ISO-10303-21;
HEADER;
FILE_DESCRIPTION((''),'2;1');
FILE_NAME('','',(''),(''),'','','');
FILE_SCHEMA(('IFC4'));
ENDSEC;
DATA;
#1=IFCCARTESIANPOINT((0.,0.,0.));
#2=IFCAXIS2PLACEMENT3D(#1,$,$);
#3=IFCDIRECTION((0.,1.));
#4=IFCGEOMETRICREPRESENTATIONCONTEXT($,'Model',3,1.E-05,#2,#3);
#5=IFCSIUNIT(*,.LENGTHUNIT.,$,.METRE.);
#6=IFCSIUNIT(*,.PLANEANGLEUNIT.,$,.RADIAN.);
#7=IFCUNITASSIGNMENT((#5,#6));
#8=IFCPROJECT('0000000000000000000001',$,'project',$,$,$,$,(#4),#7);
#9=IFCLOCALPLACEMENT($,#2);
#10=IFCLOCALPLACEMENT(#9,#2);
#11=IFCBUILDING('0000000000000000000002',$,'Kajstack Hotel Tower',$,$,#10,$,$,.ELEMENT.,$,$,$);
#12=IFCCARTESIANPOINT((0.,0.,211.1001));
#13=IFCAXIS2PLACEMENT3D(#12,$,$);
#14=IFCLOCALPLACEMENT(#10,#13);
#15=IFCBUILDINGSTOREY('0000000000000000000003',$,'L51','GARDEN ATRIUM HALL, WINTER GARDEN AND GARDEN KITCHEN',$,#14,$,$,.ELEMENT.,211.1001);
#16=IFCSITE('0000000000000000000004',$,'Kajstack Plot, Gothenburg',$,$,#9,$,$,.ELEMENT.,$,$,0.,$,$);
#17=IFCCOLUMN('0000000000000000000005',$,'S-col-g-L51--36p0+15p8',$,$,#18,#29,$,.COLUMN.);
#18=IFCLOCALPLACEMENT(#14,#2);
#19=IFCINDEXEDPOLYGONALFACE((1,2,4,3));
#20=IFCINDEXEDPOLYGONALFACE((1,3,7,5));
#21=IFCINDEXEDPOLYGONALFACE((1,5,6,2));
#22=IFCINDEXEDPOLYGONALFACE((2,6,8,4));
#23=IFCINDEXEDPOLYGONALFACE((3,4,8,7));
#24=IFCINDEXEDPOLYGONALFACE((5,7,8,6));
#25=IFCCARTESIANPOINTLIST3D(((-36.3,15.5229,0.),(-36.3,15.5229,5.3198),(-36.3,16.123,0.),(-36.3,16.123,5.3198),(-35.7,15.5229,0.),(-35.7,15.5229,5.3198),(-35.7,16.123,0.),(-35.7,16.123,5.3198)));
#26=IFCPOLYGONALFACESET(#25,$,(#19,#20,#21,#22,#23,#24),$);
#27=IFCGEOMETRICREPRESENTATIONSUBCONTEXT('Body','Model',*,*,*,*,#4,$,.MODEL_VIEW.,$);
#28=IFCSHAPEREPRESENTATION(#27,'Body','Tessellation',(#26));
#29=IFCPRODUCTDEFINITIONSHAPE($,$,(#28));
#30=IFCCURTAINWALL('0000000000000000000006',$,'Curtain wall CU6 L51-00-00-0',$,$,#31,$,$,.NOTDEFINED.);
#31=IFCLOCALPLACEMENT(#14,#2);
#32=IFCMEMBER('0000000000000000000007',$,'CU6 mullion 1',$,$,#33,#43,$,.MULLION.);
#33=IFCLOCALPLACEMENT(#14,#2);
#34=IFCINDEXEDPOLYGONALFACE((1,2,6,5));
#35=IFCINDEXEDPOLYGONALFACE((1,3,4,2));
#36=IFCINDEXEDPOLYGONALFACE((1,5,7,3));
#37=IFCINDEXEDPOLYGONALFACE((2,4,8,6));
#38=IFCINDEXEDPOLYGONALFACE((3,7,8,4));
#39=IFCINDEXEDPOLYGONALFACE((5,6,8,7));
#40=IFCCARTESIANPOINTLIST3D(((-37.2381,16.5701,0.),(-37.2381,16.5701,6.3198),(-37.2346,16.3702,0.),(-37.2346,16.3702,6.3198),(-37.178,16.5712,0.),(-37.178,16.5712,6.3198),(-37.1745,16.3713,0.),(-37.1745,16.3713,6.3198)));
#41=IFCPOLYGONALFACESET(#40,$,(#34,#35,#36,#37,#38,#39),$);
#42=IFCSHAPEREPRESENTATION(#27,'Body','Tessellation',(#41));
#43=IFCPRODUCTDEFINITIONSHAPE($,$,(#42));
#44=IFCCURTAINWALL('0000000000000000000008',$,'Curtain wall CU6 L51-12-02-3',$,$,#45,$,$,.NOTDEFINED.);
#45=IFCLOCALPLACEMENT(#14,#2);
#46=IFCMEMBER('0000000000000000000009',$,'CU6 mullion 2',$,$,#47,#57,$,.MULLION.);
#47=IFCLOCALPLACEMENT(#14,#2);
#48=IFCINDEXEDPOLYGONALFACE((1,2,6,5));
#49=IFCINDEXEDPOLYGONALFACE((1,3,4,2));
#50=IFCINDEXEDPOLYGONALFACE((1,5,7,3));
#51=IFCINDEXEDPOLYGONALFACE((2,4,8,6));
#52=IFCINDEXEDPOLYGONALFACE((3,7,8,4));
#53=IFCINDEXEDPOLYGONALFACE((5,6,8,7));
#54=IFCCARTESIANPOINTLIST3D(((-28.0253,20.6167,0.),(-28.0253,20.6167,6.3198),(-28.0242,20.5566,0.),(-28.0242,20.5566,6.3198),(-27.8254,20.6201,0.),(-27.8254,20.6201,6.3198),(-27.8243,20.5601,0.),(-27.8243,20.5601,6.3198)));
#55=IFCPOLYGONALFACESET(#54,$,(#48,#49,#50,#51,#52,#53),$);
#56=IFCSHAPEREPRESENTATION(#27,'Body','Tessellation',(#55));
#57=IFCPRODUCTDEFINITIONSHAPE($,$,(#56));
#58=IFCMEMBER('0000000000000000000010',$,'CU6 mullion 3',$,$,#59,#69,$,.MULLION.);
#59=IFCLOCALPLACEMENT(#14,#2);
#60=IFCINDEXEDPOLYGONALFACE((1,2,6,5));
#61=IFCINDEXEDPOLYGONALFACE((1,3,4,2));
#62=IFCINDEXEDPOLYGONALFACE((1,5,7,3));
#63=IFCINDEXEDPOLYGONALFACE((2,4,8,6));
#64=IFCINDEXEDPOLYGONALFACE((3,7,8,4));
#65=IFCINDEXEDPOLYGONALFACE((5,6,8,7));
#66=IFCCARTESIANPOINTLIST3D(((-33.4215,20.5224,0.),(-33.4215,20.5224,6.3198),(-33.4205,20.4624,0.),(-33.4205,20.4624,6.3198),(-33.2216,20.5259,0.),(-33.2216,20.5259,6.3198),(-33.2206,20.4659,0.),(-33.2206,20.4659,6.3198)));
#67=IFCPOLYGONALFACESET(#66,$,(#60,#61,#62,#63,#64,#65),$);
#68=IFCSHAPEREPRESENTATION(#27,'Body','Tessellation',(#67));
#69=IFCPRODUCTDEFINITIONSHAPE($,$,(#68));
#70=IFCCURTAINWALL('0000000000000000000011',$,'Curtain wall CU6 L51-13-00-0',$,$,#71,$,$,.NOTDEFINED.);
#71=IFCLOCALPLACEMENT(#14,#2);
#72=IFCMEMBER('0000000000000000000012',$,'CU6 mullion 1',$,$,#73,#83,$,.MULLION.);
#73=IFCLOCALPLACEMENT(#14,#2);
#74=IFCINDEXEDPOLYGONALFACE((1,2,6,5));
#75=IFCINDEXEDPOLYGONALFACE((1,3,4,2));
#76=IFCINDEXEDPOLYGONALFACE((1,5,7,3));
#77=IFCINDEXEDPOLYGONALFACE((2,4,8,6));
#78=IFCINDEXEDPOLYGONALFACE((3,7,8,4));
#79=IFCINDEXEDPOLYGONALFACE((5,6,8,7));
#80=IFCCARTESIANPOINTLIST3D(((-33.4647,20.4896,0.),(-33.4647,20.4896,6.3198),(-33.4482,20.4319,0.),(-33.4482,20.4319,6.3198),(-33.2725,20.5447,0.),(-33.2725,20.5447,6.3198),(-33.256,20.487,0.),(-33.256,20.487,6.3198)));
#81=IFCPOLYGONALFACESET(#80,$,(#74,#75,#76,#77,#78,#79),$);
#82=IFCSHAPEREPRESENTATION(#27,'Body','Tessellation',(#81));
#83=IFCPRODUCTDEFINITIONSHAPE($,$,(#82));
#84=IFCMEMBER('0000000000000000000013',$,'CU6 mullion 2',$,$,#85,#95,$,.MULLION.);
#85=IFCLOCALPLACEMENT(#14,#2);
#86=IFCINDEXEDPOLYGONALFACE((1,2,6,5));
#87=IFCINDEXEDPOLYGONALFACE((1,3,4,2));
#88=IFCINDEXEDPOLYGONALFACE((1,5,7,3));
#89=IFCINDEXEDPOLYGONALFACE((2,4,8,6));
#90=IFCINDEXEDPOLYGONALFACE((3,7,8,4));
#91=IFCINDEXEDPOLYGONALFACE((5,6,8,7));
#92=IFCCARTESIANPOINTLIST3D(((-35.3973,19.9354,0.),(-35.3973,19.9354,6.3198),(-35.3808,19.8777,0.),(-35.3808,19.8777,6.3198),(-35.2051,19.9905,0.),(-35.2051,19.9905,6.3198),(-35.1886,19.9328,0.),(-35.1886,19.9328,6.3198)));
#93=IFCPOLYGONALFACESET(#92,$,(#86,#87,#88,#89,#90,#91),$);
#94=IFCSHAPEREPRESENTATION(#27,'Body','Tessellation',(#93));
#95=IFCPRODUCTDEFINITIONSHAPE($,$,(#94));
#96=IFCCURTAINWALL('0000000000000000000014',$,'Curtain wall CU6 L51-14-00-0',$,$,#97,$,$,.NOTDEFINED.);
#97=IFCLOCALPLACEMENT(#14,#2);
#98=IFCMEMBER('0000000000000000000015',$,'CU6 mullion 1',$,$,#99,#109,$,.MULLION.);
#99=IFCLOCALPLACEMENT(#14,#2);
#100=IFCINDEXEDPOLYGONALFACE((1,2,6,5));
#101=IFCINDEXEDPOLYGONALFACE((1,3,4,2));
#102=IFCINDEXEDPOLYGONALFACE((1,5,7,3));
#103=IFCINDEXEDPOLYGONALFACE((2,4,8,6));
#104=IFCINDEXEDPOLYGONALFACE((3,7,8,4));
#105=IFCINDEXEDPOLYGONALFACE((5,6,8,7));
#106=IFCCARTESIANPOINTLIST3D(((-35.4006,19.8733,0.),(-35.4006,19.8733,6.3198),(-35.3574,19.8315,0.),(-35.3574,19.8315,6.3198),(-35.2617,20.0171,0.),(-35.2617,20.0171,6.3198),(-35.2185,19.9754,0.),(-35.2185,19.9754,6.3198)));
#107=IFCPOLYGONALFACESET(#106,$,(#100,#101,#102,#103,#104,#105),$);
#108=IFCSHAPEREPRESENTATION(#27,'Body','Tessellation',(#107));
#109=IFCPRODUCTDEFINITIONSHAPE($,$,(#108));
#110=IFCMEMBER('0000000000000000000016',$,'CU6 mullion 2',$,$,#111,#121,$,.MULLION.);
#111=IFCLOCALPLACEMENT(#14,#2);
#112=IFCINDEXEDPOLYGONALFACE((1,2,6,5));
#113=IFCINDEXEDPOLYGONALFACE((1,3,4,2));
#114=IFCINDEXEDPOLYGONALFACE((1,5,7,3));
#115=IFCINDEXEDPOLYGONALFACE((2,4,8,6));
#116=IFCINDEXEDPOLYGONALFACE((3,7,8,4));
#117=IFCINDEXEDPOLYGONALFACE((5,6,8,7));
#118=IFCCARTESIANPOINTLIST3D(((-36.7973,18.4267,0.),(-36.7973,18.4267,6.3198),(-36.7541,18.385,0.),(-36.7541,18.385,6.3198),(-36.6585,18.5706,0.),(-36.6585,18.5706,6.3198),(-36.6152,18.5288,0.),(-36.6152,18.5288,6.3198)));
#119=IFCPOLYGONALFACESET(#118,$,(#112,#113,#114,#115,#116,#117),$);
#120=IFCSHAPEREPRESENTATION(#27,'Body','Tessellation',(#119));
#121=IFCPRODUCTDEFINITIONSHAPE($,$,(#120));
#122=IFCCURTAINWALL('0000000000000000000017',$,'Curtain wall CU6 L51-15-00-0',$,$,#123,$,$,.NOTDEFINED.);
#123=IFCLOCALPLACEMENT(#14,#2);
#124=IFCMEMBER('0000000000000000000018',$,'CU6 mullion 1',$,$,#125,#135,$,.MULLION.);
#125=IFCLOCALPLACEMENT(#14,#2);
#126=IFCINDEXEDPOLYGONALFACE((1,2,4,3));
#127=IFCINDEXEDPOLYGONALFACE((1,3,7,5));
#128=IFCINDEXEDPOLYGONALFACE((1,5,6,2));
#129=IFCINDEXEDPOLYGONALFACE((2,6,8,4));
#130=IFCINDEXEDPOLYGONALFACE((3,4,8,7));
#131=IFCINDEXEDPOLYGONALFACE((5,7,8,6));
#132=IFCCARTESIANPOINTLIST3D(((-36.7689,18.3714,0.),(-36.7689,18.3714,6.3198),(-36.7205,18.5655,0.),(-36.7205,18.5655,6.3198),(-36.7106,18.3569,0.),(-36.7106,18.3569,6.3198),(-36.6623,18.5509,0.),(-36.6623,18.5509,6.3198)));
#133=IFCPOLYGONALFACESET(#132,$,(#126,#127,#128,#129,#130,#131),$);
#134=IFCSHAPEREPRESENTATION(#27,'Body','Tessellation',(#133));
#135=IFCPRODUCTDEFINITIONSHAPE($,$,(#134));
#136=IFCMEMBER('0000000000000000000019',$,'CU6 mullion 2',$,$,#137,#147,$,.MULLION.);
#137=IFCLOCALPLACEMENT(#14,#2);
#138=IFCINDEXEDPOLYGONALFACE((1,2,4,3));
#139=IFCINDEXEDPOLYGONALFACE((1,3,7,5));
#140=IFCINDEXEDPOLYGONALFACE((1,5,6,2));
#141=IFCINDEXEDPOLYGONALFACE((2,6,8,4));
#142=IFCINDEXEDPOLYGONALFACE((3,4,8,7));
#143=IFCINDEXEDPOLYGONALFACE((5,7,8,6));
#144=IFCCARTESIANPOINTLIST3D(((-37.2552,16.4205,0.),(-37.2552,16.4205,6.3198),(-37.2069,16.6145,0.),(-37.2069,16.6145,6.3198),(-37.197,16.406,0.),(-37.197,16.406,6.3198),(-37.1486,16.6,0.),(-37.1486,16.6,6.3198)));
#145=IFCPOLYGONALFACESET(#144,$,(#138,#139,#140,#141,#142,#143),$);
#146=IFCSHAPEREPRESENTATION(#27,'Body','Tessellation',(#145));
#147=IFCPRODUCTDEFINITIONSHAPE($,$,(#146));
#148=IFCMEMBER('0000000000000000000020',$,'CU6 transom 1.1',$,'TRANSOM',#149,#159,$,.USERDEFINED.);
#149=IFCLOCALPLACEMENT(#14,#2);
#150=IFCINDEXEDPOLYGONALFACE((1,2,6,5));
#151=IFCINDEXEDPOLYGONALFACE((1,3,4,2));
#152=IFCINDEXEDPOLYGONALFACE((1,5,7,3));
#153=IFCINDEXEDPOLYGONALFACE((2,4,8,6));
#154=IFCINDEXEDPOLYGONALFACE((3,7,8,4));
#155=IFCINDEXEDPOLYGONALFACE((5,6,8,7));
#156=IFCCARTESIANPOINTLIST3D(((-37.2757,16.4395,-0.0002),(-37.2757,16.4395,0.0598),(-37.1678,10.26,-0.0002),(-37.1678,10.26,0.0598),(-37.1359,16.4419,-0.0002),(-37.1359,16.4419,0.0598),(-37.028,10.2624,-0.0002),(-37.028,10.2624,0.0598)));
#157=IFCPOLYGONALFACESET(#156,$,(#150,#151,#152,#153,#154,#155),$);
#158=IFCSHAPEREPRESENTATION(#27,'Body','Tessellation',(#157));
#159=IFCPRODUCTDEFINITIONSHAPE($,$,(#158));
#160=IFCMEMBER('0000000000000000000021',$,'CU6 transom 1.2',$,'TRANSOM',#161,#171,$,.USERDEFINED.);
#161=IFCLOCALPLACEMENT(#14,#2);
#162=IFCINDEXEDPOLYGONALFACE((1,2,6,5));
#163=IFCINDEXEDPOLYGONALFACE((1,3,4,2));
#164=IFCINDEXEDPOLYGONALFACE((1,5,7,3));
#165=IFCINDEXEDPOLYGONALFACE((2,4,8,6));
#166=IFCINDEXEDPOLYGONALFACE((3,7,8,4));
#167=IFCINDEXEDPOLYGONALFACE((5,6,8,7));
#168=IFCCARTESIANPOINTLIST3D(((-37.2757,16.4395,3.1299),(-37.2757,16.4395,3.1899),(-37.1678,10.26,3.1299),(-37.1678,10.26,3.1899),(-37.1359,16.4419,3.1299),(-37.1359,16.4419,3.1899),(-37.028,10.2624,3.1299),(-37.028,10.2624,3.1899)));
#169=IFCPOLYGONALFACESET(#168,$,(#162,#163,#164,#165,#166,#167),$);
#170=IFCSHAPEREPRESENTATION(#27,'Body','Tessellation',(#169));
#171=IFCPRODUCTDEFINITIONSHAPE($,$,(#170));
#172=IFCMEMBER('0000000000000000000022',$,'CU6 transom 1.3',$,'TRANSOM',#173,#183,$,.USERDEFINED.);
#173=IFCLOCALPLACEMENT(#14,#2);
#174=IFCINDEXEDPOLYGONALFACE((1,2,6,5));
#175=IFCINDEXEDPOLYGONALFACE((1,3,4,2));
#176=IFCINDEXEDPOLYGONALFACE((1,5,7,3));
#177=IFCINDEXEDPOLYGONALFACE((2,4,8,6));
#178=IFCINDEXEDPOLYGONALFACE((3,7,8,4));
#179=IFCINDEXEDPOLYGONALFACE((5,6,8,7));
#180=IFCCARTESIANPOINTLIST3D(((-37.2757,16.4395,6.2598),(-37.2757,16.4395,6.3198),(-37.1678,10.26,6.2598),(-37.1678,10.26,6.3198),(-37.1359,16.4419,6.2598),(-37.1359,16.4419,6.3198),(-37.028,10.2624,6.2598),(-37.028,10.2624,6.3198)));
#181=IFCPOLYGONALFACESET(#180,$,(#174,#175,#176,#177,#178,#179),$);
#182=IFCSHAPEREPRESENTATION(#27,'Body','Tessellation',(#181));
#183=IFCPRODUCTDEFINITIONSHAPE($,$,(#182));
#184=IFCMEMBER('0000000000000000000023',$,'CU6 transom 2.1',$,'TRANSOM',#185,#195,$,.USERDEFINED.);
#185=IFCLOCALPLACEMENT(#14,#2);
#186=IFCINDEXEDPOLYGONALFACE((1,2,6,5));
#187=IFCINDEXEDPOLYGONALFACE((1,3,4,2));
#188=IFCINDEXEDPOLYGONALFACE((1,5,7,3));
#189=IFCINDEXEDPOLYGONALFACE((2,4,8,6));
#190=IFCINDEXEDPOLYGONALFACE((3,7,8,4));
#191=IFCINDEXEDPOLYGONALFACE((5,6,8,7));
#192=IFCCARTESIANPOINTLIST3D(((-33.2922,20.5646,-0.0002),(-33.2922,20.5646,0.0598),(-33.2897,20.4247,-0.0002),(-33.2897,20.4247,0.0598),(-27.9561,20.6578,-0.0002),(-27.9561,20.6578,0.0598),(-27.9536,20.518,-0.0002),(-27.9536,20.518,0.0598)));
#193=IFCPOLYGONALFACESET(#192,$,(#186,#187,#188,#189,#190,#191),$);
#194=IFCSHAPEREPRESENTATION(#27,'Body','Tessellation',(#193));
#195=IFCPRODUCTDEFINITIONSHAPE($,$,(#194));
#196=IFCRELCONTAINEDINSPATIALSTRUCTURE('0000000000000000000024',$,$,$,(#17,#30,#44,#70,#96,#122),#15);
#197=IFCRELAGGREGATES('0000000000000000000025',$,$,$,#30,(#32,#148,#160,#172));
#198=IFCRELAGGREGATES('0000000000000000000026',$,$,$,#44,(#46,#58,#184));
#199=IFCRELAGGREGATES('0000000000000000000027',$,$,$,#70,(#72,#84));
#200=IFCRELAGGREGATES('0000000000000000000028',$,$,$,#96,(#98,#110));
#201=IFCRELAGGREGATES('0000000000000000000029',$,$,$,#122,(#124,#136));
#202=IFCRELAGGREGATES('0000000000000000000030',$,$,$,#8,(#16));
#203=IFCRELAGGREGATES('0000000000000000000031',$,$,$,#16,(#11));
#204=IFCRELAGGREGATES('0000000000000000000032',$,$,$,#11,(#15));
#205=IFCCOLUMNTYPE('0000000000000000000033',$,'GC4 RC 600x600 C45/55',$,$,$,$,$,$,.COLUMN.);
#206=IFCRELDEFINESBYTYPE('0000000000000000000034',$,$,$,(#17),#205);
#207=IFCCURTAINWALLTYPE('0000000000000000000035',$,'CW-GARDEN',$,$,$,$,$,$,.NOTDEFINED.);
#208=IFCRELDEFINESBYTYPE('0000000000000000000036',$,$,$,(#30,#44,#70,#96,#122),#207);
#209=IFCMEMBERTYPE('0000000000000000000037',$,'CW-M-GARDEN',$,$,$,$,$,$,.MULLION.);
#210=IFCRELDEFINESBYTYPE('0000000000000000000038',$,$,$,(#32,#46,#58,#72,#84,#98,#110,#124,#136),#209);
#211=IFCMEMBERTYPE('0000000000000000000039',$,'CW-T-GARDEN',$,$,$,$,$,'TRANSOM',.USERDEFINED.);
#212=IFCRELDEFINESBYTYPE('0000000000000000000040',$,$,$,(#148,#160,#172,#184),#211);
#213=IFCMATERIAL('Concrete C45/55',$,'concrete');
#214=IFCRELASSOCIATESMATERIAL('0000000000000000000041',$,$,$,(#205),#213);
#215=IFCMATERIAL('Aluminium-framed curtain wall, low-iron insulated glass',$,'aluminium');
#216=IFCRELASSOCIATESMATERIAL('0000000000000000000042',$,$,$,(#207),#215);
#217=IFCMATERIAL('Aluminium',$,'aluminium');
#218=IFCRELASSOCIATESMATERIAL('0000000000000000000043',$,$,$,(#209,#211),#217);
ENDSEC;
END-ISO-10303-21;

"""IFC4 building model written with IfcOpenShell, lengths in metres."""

from ifc_helpers import new_model, si_unit, direction, frame, origin, origin_2d, place, context, subcontext, project, spatial, rectangle, extrude, material, material_profile, profile_set, type_object, element, aggregate, save


model = new_model("IFC4")

# Units and contexts
model_context = context("Model", 3, precision=1e-05, world=origin(), true_north=direction((0.0, 1.0)))
body_context = subcontext(model_context, "Body", "Model", "MODEL_VIEW")
ifc_project = project(units=[si_unit("LENGTHUNIT", "METRE"), si_unit("PLANEANGLEUNIT", "RADIAN")], contexts=[model_context])

# Site, building, storey
site_placement = place(None, origin())
site = spatial("IfcSite", under=ifc_project, at=site_placement, Name="Kajstack Plot, Gothenburg", CompositionType="ELEMENT", RefElevation=0.0)
building_placement = place(site_placement, origin())
building = spatial("IfcBuilding", under=site, at=building_placement, Name="Kajstack Hotel Tower", CompositionType="ELEMENT")
storey_placement = place(building_placement, frame((0.0, 0.0, 211.1001)))
storey = spatial("IfcBuildingStorey", under=building, at=storey_placement, Name="L51", Description="GARDEN ATRIUM HALL, WINTER GARDEN AND GARDEN KITCHEN", CompositionType="ELEMENT", Elevation=211.1001)

# Column
ifc_material_1 = material(Name="Concrete C45/55", Category="concrete")
ifc_material_profile_1 = material_profile(ifc_material_1, rectangle(XDim=0.6001, YDim=0.6001, at=origin_2d()), Name="RC 600x600")
ifc_profile_set_1 = profile_set([ifc_material_profile_1], Name="Concrete C45/55")
column_type = type_object("IfcColumnType", Name="GC4 RC 600x600 C45/55", PredefinedType="COLUMN", material=ifc_profile_set_1)
column_placement = place(storey_placement, frame((-36.0, 15.823, 0.0), z_axis=(0.0, 0.0, 1.0), x_axis=(1.0, 0.0, 0.0)))
element("IfcColumn", 1, at=column_placement, inside=storey, type_object=column_type, Name="S-col-g-L51--36p0+15p8", PredefinedType="COLUMN", context=body_context, shape_type="SweptSolid", body=[
    extrude(rectangle(XDim=0.6001, YDim=0.6001, at=origin_2d()), origin(), (0.0, 0.0, 1.0), 5.3198),
])

# Curtain wall, member
ifc_material_2 = material(Name="Aluminium-framed curtain wall, low-iron insulated glass", Category="aluminium")
curtain_wall_type = type_object("IfcCurtainWallType", Name="CW-GARDEN", PredefinedType="NOTDEFINED", material=ifc_material_2)
curtain_wall_1_placement = place(storey_placement, origin())
curtain_wall_1 = element("IfcCurtainWall", 2, at=curtain_wall_1_placement, inside=storey, type_object=curtain_wall_type, Name="Curtain wall CU6 L51-00-00-0", PredefinedType="NOTDEFINED")
ifc_material_3 = material(Name="Aluminium", Category="aluminium")
ifc_material_profile_2 = material_profile(ifc_material_3, rectangle(XDim=0.0601, YDim=0.2, at=origin_2d()), Name="Aluminium mullion 60 x 200")
ifc_profile_set_2 = profile_set([ifc_material_profile_2], Name="Aluminium")
member_type_1 = type_object("IfcMemberType", Name="CW-M-GARDEN", PredefinedType="MULLION", material=ifc_profile_set_2)
member_1_placement = place(storey_placement, frame((-37.2063, 16.4707, 0.0), z_axis=(0.0, 0.0, 1.0), x_axis=(0.999848, 0.017454, 0.0)))
member_1 = element("IfcMember", 3, at=member_1_placement, type_object=member_type_1, Name="CU6 mullion 1", PredefinedType="MULLION", context=body_context, shape_type="SweptSolid", body=[
    extrude(rectangle(XDim=0.0601, YDim=0.2, at=origin_2d()), origin(), (0.0, 0.0, 1.0), 6.3198),
])

# Curtain walls, members
curtain_wall_2_placement = place(storey_placement, origin())
curtain_wall_2 = element("IfcCurtainWall", 4, at=curtain_wall_2_placement, inside=storey, type_object=curtain_wall_type, Name="Curtain wall CU6 L51-12-02-3", PredefinedType="NOTDEFINED")
member_2_placement = place(storey_placement, frame((-27.9248, 20.5884, 0.0), z_axis=(0.0, 0.0, 1.0), x_axis=(0.017453, -0.999848, 0.0)))
member_2 = element("IfcMember", 5, at=member_2_placement, type_object=member_type_1, Name="CU6 mullion 2", PredefinedType="MULLION", context=body_context, shape_type="SweptSolid", body=[
    extrude(rectangle(XDim=0.0601, YDim=0.2, at=origin_2d()), origin(), (0.0, 0.0, 1.0), 6.3198),
])
member_3_placement = place(storey_placement, frame((-33.321, 20.4941, 0.0), z_axis=(0.0, 0.0, 1.0), x_axis=(0.017453, -0.999848, 0.0)))
member_3 = element("IfcMember", 6, at=member_3_placement, type_object=member_type_1, Name="CU6 mullion 3", PredefinedType="MULLION", context=body_context, shape_type="SweptSolid", body=[
    extrude(rectangle(XDim=0.0601, YDim=0.2, at=origin_2d()), origin(), (0.0, 0.0, 1.0), 6.3198),
])
curtain_wall_3_placement = place(storey_placement, origin())
curtain_wall_3 = element("IfcCurtainWall", 7, at=curtain_wall_3_placement, inside=storey, type_object=curtain_wall_type, Name="Curtain wall CU6 L51-13-00-0", PredefinedType="NOTDEFINED")
member_4_placement = place(storey_placement, frame((-33.3604, 20.4883, 0.0), z_axis=(0.0, 0.0, 1.0), x_axis=(0.275633, -0.961263, 0.0)))
member_4 = element("IfcMember", 8, at=member_4_placement, type_object=member_type_1, Name="CU6 mullion 1", PredefinedType="MULLION", context=body_context, shape_type="SweptSolid", body=[
    extrude(rectangle(XDim=0.0601, YDim=0.2, at=origin_2d()), origin(), (0.0, 0.0, 1.0), 6.3198),
])
member_5_placement = place(storey_placement, frame((-35.293, 19.9341, 0.0), z_axis=(0.0, 0.0, 1.0), x_axis=(0.275633, -0.961263, 0.0)))
member_5 = element("IfcMember", 9, at=member_5_placement, type_object=member_type_1, Name="CU6 mullion 2", PredefinedType="MULLION", context=body_context, shape_type="SweptSolid", body=[
    extrude(rectangle(XDim=0.0601, YDim=0.2, at=origin_2d()), origin(), (0.0, 0.0, 1.0), 6.3198),
])
curtain_wall_4_placement = place(storey_placement, origin())
curtain_wall_4 = element("IfcCurtainWall", 10, at=curtain_wall_4_placement, inside=storey, type_object=curtain_wall_type, Name="Curtain wall CU6 L51-14-00-0", PredefinedType="NOTDEFINED")
member_6_placement = place(storey_placement, frame((-35.3096, 19.9243, 0.0), z_axis=(0.0, 0.0, 1.0), x_axis=(0.719338, -0.69466, 0.0)))
member_6 = element("IfcMember", 11, at=member_6_placement, type_object=member_type_1, Name="CU6 mullion 1", PredefinedType="MULLION", context=body_context, shape_type="SweptSolid", body=[
    extrude(rectangle(XDim=0.0601, YDim=0.2, at=origin_2d()), origin(), (0.0, 0.0, 1.0), 6.3198),
])
member_7_placement = place(storey_placement, frame((-36.7063, 18.4778, 0.0), z_axis=(0.0, 0.0, 1.0), x_axis=(0.719338, -0.69466, 0.0)))
member_7 = element("IfcMember", 12, at=member_7_placement, type_object=member_type_1, Name="CU6 mullion 2", PredefinedType="MULLION", context=body_context, shape_type="SweptSolid", body=[
    extrude(rectangle(XDim=0.0601, YDim=0.2, at=origin_2d()), origin(), (0.0, 0.0, 1.0), 6.3198),
])
curtain_wall_5_placement = place(storey_placement, origin())
curtain_wall_5 = element("IfcCurtainWall", 13, at=curtain_wall_5_placement, inside=storey, type_object=curtain_wall_type, Name="Curtain wall CU6 L51-15-00-0", PredefinedType="NOTDEFINED")
member_8_placement = place(storey_placement, frame((-36.7156, 18.4612, 0.0), z_axis=(0.0, 0.0, 1.0), x_axis=(0.970296, -0.241922, 0.0)))
member_8 = element("IfcMember", 14, at=member_8_placement, type_object=member_type_1, Name="CU6 mullion 1", PredefinedType="MULLION", context=body_context, shape_type="SweptSolid", body=[
    extrude(rectangle(XDim=0.0601, YDim=0.2, at=origin_2d()), origin(), (0.0, 0.0, 1.0), 6.3198),
])
member_9_placement = place(storey_placement, frame((-37.2019, 16.5103, 0.0), z_axis=(0.0, 0.0, 1.0), x_axis=(0.970296, -0.241922, 0.0)))
member_9 = element("IfcMember", 15, at=member_9_placement, type_object=member_type_1, Name="CU6 mullion 2", PredefinedType="MULLION", context=body_context, shape_type="SweptSolid", body=[
    extrude(rectangle(XDim=0.0601, YDim=0.2, at=origin_2d()), origin(), (0.0, 0.0, 1.0), 6.3198),
])

# Members
ifc_material_profile_3 = material_profile(ifc_material_3, rectangle(XDim=0.1399, YDim=0.0601, at=origin_2d()), Name="Aluminium transom 140 x 60")
ifc_profile_set_3 = profile_set([ifc_material_profile_3], Name="Aluminium")
member_type_2 = type_object("IfcMemberType", Name="CW-T-GARDEN", ElementType="TRANSOM", PredefinedType="USERDEFINED", material=ifc_profile_set_3)
member_10_placement = place(storey_placement, frame((-37.2058, 16.4407, 0.0298), z_axis=(0.01746, -0.999848, 0.0), x_axis=(0.999848, 0.01746, 0.0)))
member_10 = element("IfcMember", 16, at=member_10_placement, type_object=member_type_2, Name="CU6 transom 1.1", ObjectType="TRANSOM", PredefinedType="USERDEFINED", context=body_context, shape_type="SweptSolid", body=[
    extrude(rectangle(XDim=0.1399, YDim=0.0601, at=origin_2d()), origin(), (0.0, 0.0, 1.0), 6.1804),
])
member_11_placement = place(storey_placement, frame((-37.2058, 16.4407, 3.1599), z_axis=(0.01746, -0.999848, 0.0), x_axis=(0.999848, 0.01746, 0.0)))
member_11 = element("IfcMember", 17, at=member_11_placement, type_object=member_type_2, Name="CU6 transom 1.2", ObjectType="TRANSOM", PredefinedType="USERDEFINED", context=body_context, shape_type="SweptSolid", body=[
    extrude(rectangle(XDim=0.1399, YDim=0.0601, at=origin_2d()), origin(), (0.0, 0.0, 1.0), 6.1804),
])
member_12_placement = place(storey_placement, frame((-37.2058, 16.4407, 6.2898), z_axis=(0.01746, -0.999848, 0.0), x_axis=(0.999848, 0.01746, 0.0)))
member_12 = element("IfcMember", 18, at=member_12_placement, type_object=member_type_2, Name="CU6 transom 1.3", ObjectType="TRANSOM", PredefinedType="USERDEFINED", context=body_context, shape_type="SweptSolid", body=[
    extrude(rectangle(XDim=0.1399, YDim=0.0601, at=origin_2d()), origin(), (0.0, 0.0, 1.0), 6.1804),
])
aggregate(curtain_wall_1, [member_1, member_10, member_11, member_12])
member_13_placement = place(storey_placement, frame((-27.9548, 20.5879, 0.0298), z_axis=(-0.999847, -0.017475, 0.0), x_axis=(0.017475, -0.999847, 0.0)))
member_13 = element("IfcMember", 19, at=member_13_placement, type_object=member_type_2, Name="CU6 transom 2.1", ObjectType="TRANSOM", PredefinedType="USERDEFINED", context=body_context, shape_type="SweptSolid", body=[
    extrude(rectangle(XDim=0.1399, YDim=0.0601, at=origin_2d()), origin(), (0.0, 0.0, 1.0), 5.3369),
])

aggregate(curtain_wall_2, [member_2, member_3, member_13])
aggregate(curtain_wall_3, [member_4, member_5])
aggregate(curtain_wall_4, [member_6, member_7])
aggregate(curtain_wall_5, [member_8, member_9])

save(model, "model.ifc")
